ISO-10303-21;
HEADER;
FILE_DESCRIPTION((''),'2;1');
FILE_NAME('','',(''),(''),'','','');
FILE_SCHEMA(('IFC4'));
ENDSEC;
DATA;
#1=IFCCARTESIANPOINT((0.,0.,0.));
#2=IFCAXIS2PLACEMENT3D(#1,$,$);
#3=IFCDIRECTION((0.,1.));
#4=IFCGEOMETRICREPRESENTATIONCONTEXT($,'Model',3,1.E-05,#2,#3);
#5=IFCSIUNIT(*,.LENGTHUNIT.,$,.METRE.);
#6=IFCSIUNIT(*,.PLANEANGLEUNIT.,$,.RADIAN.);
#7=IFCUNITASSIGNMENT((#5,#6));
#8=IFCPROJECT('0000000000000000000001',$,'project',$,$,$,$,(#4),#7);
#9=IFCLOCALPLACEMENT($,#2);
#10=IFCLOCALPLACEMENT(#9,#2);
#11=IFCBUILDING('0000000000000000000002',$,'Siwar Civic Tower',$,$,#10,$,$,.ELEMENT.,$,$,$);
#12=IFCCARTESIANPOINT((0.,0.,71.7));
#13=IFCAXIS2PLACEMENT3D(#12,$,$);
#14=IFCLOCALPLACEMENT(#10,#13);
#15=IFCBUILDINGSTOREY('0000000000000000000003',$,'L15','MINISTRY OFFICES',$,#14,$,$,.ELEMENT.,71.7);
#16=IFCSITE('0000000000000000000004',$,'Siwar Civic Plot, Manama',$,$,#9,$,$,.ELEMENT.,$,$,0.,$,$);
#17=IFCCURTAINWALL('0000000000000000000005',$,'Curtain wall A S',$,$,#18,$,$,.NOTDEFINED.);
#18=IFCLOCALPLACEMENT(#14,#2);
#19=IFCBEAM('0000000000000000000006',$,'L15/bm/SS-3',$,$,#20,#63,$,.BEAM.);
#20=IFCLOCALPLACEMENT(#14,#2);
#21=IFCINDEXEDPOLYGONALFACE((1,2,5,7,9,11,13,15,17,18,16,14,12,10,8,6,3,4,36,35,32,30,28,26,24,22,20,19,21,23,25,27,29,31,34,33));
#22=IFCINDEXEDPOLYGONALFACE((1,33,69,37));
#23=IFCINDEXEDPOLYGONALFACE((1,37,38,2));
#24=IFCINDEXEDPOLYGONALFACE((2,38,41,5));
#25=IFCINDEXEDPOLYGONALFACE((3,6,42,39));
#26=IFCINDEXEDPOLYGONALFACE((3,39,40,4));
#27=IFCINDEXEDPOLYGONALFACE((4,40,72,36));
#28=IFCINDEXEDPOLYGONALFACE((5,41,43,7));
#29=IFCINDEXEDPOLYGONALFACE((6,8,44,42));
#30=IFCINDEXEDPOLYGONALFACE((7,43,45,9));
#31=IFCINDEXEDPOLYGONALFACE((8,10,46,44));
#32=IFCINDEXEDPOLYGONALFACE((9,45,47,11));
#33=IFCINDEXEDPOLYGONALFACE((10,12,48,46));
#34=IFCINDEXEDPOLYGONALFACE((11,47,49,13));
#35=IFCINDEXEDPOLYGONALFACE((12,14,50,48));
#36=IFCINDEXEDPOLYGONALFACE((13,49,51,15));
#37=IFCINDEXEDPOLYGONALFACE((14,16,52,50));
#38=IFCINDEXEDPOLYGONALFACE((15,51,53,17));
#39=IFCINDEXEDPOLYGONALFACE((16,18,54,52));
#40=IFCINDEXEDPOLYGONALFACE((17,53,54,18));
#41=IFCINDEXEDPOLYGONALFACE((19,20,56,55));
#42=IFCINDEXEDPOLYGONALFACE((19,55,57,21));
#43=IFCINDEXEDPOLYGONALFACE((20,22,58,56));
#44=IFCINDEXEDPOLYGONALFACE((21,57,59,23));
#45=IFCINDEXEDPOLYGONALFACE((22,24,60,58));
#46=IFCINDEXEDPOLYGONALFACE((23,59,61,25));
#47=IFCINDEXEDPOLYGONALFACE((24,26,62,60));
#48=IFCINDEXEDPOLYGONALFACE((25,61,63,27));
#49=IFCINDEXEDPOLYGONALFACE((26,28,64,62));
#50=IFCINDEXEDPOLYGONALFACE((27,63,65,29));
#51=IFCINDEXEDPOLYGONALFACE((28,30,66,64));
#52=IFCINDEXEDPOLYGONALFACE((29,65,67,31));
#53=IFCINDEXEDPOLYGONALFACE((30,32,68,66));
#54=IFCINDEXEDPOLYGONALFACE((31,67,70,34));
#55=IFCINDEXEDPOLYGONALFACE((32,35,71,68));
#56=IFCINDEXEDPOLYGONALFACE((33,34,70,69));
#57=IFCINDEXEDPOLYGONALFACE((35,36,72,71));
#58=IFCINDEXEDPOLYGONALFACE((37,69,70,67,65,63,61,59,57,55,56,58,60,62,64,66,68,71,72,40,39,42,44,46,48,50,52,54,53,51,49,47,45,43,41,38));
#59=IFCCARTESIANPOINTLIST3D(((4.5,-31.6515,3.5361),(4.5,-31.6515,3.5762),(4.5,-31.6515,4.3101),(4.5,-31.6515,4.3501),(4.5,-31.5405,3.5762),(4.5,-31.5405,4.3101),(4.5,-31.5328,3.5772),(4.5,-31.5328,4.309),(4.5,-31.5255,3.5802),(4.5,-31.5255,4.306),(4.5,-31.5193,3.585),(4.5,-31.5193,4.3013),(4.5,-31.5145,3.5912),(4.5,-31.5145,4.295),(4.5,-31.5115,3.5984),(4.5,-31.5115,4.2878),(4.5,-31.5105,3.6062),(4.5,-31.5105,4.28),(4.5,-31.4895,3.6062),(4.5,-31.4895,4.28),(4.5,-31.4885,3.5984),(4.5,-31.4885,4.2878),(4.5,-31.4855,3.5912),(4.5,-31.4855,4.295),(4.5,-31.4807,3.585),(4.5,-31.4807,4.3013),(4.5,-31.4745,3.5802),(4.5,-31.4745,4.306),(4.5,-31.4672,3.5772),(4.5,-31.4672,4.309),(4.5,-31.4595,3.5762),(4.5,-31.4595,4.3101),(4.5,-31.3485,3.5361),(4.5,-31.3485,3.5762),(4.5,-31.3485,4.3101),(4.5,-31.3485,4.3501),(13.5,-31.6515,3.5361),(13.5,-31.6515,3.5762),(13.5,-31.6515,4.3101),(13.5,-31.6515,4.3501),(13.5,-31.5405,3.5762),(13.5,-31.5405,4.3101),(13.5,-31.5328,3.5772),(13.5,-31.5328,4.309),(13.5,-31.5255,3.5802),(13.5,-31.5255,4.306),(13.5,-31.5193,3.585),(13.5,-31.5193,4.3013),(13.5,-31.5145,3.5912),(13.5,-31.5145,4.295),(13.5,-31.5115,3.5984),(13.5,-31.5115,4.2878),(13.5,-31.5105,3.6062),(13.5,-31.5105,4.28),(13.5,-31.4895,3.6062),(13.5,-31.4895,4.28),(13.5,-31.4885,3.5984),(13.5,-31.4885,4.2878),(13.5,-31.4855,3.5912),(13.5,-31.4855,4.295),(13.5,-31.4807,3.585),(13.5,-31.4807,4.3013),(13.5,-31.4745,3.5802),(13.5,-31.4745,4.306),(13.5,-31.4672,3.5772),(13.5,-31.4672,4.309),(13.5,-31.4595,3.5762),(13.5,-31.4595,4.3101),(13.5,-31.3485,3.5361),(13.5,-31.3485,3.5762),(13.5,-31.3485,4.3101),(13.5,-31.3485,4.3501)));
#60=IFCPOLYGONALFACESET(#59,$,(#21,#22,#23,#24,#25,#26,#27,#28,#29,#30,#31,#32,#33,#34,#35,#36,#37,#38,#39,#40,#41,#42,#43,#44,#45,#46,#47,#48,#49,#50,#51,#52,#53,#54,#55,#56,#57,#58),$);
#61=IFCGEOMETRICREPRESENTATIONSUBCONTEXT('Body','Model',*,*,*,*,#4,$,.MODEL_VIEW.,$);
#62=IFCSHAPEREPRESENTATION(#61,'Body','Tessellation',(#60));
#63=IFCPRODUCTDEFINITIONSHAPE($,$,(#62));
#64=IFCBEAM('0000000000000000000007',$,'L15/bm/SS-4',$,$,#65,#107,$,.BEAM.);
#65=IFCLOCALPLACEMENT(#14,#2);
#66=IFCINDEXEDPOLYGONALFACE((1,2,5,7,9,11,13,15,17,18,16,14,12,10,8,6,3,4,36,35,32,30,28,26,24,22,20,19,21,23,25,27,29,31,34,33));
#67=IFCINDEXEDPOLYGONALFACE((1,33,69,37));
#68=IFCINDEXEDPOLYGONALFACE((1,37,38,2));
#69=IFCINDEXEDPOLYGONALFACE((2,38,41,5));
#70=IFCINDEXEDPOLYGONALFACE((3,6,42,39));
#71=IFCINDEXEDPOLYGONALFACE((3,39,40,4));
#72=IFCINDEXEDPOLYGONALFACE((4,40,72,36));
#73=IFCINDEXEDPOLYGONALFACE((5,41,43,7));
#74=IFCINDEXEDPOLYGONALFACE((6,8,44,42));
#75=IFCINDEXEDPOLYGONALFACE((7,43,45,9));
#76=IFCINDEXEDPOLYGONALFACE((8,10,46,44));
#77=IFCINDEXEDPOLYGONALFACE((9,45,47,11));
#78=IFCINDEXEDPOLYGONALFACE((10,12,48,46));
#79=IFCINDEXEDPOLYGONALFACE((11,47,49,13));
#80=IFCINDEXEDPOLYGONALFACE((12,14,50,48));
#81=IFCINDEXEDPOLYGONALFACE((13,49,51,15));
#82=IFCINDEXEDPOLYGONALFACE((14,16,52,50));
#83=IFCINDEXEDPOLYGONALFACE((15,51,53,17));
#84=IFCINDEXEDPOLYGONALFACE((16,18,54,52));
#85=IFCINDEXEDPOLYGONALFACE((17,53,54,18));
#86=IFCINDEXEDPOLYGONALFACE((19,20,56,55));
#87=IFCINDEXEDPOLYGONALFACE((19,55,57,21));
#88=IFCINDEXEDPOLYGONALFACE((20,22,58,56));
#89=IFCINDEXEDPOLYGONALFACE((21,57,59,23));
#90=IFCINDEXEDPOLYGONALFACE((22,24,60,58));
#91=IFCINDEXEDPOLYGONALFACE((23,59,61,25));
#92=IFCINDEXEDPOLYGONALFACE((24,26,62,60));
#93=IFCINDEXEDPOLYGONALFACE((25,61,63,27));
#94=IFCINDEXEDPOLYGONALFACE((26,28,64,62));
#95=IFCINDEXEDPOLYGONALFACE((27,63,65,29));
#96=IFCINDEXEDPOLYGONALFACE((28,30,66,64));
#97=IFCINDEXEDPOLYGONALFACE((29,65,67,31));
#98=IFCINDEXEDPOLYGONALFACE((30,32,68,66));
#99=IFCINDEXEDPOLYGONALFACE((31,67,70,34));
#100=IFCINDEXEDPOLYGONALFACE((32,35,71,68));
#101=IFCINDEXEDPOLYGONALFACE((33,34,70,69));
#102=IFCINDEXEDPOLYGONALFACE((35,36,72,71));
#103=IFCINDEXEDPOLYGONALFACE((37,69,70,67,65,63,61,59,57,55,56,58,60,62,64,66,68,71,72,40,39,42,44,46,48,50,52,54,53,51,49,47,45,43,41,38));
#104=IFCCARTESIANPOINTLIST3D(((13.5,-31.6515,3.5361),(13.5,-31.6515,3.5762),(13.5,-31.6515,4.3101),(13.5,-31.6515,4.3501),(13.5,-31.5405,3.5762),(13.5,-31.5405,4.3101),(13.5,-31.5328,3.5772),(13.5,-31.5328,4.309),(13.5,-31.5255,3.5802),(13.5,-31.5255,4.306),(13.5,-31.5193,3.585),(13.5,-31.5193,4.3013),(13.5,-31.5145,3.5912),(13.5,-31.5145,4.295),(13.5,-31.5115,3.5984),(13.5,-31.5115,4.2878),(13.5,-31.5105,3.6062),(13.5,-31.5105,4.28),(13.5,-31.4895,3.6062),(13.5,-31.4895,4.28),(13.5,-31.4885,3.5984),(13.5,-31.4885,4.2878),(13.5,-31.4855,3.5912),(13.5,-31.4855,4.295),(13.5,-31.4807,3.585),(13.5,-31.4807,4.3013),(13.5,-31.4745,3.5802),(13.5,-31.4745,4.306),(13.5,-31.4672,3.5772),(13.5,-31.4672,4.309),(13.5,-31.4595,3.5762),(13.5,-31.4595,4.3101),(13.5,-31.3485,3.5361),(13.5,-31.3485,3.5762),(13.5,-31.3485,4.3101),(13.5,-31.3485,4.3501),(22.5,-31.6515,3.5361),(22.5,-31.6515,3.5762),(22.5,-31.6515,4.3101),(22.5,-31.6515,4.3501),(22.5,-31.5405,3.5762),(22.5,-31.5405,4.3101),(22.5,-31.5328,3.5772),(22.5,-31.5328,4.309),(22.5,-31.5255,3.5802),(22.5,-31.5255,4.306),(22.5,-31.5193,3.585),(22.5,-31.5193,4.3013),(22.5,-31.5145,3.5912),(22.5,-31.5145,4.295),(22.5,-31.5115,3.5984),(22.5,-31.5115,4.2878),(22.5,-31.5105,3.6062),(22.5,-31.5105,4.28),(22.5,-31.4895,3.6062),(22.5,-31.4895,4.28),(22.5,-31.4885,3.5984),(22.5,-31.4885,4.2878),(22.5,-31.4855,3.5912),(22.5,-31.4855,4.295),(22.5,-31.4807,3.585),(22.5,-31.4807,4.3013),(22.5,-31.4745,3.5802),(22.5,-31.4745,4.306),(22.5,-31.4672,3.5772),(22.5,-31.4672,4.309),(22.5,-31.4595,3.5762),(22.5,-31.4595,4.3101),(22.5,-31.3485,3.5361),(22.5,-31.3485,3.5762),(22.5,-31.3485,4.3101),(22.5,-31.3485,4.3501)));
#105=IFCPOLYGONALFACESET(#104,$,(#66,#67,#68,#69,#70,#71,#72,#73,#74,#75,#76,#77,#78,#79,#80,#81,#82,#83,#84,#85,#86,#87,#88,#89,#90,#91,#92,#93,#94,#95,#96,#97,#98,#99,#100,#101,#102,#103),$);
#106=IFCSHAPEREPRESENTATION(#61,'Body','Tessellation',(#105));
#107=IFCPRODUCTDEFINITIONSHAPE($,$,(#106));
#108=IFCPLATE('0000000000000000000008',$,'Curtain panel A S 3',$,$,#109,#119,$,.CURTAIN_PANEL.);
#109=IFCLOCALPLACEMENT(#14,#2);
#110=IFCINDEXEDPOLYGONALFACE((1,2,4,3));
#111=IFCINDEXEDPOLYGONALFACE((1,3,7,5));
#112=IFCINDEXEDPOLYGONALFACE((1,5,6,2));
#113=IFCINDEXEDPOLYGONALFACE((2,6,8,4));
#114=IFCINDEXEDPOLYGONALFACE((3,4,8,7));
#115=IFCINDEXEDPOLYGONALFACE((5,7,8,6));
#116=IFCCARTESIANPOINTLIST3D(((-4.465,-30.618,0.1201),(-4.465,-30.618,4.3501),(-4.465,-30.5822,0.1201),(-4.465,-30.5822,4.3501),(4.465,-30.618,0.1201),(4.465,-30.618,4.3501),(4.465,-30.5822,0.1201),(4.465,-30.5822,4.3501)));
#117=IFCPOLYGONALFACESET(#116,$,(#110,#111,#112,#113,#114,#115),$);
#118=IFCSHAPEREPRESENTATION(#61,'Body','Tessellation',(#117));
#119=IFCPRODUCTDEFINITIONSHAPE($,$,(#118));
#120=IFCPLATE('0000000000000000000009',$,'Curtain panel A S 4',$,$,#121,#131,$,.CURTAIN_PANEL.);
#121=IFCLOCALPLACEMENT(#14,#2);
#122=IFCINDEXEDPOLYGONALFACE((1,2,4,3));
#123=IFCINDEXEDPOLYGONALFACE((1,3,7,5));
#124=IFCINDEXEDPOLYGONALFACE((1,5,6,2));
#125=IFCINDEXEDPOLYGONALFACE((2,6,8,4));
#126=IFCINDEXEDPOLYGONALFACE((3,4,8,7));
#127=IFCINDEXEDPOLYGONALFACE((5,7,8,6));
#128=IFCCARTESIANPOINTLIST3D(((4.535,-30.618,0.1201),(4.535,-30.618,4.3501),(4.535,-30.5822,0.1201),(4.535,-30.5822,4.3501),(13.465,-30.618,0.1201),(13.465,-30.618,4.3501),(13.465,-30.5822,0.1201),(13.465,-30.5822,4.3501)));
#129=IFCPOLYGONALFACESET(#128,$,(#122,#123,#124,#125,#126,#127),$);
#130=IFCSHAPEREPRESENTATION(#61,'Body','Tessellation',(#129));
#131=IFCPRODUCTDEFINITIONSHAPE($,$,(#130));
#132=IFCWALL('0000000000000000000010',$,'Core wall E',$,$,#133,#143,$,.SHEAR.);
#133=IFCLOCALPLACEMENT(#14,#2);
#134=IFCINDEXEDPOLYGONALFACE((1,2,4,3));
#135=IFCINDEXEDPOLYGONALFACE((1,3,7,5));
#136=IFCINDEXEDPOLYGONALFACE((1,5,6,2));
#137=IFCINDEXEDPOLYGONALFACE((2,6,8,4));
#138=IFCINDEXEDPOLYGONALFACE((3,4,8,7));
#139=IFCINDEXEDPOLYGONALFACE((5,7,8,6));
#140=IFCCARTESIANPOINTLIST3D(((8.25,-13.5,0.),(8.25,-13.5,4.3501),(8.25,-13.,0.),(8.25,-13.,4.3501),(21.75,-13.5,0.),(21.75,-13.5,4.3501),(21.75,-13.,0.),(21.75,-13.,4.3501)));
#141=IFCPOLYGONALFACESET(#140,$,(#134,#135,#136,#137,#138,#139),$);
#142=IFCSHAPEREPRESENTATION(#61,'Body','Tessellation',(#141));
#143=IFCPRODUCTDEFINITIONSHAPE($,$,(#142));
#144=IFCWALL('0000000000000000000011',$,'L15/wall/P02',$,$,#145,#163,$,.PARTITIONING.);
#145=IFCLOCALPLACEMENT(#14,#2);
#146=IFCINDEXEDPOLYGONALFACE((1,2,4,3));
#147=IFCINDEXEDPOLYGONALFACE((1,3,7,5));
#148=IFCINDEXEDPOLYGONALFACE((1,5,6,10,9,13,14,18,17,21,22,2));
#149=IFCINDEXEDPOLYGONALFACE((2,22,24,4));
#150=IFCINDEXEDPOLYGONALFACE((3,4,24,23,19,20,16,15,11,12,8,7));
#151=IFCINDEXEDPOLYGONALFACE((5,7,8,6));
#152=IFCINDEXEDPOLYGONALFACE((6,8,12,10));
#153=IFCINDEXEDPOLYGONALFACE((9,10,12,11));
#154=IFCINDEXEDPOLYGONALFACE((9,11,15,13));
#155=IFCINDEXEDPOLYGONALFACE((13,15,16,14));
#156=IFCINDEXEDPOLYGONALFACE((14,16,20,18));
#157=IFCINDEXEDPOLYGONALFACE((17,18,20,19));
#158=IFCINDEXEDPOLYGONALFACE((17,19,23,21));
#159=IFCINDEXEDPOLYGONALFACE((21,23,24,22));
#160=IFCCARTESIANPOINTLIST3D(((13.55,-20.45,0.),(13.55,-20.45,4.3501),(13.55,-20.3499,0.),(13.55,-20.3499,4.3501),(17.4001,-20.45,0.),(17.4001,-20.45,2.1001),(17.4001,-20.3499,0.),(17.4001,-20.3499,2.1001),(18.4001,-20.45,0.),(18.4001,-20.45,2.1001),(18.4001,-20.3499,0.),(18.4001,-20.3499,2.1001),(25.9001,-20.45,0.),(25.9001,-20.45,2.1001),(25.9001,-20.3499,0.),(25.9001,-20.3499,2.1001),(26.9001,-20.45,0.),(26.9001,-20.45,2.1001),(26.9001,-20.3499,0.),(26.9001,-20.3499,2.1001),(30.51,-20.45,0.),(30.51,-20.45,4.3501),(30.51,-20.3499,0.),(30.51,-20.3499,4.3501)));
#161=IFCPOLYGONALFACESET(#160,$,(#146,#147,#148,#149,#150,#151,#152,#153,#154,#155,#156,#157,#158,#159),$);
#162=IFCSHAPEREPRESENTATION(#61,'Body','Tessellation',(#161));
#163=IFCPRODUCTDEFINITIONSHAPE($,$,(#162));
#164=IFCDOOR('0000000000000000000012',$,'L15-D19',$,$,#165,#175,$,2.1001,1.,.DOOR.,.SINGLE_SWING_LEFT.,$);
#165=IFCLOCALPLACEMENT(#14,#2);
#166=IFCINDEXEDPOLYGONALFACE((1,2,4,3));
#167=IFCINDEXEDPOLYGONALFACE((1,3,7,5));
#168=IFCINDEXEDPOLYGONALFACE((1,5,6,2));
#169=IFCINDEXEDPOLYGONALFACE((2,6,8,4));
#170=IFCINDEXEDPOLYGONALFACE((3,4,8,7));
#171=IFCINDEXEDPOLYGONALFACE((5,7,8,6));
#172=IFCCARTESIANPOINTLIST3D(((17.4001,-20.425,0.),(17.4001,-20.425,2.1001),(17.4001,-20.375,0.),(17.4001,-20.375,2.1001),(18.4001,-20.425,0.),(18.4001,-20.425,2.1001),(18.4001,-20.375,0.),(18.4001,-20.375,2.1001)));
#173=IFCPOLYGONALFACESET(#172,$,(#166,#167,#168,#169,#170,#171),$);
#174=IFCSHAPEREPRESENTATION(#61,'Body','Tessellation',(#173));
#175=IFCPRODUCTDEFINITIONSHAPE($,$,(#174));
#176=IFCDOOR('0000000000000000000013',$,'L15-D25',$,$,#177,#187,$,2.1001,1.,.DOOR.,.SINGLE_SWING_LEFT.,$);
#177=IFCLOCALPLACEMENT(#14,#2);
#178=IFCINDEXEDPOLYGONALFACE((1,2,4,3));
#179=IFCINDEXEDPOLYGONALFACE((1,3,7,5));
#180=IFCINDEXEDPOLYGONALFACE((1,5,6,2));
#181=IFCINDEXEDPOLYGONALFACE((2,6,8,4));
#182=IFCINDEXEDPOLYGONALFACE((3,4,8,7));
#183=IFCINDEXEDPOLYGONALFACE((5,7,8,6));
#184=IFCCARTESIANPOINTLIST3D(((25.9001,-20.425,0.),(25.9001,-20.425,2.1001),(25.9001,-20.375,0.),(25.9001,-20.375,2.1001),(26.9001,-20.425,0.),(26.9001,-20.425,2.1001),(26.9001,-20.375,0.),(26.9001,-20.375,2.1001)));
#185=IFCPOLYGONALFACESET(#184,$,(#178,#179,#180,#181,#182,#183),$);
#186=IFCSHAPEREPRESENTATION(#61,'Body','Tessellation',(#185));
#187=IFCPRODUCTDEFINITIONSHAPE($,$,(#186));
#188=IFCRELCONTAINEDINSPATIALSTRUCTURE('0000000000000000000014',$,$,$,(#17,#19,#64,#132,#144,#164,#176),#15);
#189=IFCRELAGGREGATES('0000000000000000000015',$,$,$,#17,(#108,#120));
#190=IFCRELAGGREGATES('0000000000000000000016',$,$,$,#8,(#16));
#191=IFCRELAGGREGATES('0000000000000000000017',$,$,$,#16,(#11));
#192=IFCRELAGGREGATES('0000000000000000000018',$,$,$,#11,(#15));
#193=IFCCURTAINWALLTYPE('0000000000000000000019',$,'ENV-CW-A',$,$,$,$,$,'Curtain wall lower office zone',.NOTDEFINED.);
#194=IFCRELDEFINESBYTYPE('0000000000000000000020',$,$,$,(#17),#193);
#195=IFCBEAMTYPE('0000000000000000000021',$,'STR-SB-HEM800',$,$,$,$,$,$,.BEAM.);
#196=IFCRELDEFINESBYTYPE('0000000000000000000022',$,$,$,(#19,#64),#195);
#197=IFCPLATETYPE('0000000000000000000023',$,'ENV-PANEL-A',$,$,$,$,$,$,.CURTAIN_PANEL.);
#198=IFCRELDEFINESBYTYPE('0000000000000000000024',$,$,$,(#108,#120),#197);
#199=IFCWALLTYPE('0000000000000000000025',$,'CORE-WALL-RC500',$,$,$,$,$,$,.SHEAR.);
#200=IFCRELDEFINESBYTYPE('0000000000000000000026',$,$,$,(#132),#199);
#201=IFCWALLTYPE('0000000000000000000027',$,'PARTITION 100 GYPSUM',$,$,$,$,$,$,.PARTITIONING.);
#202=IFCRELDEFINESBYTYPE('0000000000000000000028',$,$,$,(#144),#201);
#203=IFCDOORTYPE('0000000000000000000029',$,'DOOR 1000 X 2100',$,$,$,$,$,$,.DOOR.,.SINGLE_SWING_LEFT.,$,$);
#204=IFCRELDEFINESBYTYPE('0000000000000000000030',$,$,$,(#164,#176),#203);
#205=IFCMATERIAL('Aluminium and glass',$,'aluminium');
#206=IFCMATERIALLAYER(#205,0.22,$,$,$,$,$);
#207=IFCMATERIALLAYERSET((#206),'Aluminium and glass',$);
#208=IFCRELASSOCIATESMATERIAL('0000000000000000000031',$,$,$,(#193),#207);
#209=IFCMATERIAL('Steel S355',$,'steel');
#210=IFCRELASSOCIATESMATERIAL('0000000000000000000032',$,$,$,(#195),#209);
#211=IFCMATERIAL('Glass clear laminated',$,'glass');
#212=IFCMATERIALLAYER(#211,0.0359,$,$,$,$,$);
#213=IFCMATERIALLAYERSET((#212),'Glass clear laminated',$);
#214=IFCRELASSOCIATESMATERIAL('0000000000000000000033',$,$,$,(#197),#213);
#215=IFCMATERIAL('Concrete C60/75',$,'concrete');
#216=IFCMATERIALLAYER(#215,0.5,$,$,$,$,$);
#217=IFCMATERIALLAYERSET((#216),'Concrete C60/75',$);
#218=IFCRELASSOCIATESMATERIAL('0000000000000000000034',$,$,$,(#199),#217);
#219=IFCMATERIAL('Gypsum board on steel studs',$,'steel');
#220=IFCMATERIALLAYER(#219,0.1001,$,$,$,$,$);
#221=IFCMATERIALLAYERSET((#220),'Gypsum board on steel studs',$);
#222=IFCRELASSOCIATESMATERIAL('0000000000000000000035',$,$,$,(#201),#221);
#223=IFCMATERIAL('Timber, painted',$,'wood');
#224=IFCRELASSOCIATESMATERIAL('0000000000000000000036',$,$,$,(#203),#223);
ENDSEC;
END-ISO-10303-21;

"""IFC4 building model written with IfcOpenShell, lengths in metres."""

from ifc_helpers import new_model, si_unit, direction, frame, frame_2d, origin, origin_2d, place, context, subcontext, project, spatial, rectangle, i_section, extrude, material, layer, layer_set, material_profile, profile_set, type_object, element, fill, aggregate, save


model = new_model("IFC4")

# Units and contexts
model_context = context("Model", 3, precision=1e-05, world=origin(), true_north=direction((0.0, 1.0)))
body_context = subcontext(model_context, "Body", "Model", "MODEL_VIEW")
ifc_project = project(units=[si_unit("LENGTHUNIT", "METRE"), si_unit("PLANEANGLEUNIT", "RADIAN")], contexts=[model_context])

# Site, building, storey
site_placement = place(None, origin())
site = spatial("IfcSite", under=ifc_project, at=site_placement, Name="Siwar Civic Plot, Manama", CompositionType="ELEMENT", RefElevation=0.0)
building_placement = place(site_placement, origin())
building = spatial("IfcBuilding", under=site, at=building_placement, Name="Siwar Civic Tower", CompositionType="ELEMENT")
storey_placement = place(building_placement, frame((0.0, 0.0, 71.7)))
storey = spatial("IfcBuildingStorey", under=building, at=storey_placement, Name="L15", Description="MINISTRY OFFICES", CompositionType="ELEMENT", Elevation=71.7)

# Curtain wall
ifc_material_1 = material(Name="Aluminium and glass", Category="aluminium")
ifc_layer_1 = layer(ifc_material_1, 0.22)
ifc_layer_set_1 = layer_set([ifc_layer_1], Name="Aluminium and glass")
curtain_wall_type = type_object("IfcCurtainWallType", Name="ENV-CW-A", ElementType="Curtain wall lower office zone", PredefinedType="NOTDEFINED", material=ifc_layer_set_1)
curtain_wall_placement = place(storey_placement, origin())
curtain_wall = element("IfcCurtainWall", 1, at=curtain_wall_placement, inside=storey, type_object=curtain_wall_type, Name="Curtain wall A S", PredefinedType="NOTDEFINED")

# Beams
ifc_material_2 = material(Name="Steel S355", Category="steel")
ifc_material_profile_1 = material_profile(ifc_material_2, i_section(OverallWidth=0.303, OverallDepth=0.814, WebThickness=0.021, FlangeThickness=0.04, FilletRadius=0.03, at=origin_2d()), Name="HEM800")
ifc_profile_set_1 = profile_set([ifc_material_profile_1], Name="Steel S355")
beam_type_1 = type_object("IfcBeamType", Name="STR-SB-HEM800", PredefinedType="BEAM", material=ifc_profile_set_1)
for number, where, z_axis, x_axis, name in (
    (2, (4.5, -31.5, 3.9431), (1.0, 0.0, 0.0), (0.0, 1.0, 0.0), "L15/bm/SS-3"),
    (3, (13.5, -31.5, 3.9431), (1.0, 0.0, 0.0), (0.0, 1.0, 0.0), "L15/bm/SS-4"),
):
    element("IfcBeam", number, at=place(storey_placement, frame(where, z_axis=z_axis, x_axis=x_axis)), inside=storey, type_object=beam_type_1, Name=name, PredefinedType="BEAM", context=body_context, shape_type="SweptSolid", body=[
        extrude(i_section(OverallWidth=0.303, OverallDepth=0.814, WebThickness=0.021, FlangeThickness=0.04, FilletRadius=0.03, at=origin_2d()), origin(), (0.0, 0.0, 1.0), 9.0),
    ])

# Plates
ifc_material_3 = material(Name="Glass clear laminated", Category="glass")
ifc_layer_2 = layer(ifc_material_3, 0.0359)
ifc_layer_set_2 = layer_set([ifc_layer_2], Name="Glass clear laminated")
plate_type = type_object("IfcPlateType", Name="ENV-PANEL-A", PredefinedType="CURTAIN_PANEL", material=ifc_layer_set_2)
plate_1_placement = place(storey_placement, frame((0.0, -30.6001, 0.1201), z_axis=(0.0, 0.0, 1.0), x_axis=(1.0, 0.0, 0.0)))
plate_1 = element("IfcPlate", 4, at=plate_1_placement, type_object=plate_type, Name="Curtain panel A S 3", PredefinedType="CURTAIN_PANEL", context=body_context, shape_type="SweptSolid", body=[
    extrude(rectangle(XDim=8.9299, YDim=0.0359, at=origin_2d()), origin(), (0.0, 0.0, 1.0), 4.23),
])
plate_2_placement = place(storey_placement, frame((9.0, -30.6001, 0.1201), z_axis=(0.0, 0.0, 1.0), x_axis=(1.0, 0.0, 0.0)))
plate_2 = element("IfcPlate", 5, at=plate_2_placement, type_object=plate_type, Name="Curtain panel A S 4", PredefinedType="CURTAIN_PANEL", context=body_context, shape_type="SweptSolid", body=[
    extrude(rectangle(XDim=8.9299, YDim=0.0359, at=origin_2d()), origin(), (0.0, 0.0, 1.0), 4.23),
])
aggregate(curtain_wall, [plate_1, plate_2])

# Wall
ifc_material_4 = material(Name="Concrete C60/75", Category="concrete")
ifc_layer_3 = layer(ifc_material_4, 0.5)
ifc_layer_set_3 = layer_set([ifc_layer_3], Name="Concrete C60/75")
wall_type_1 = type_object("IfcWallType", Name="CORE-WALL-RC500", PredefinedType="SHEAR", material=ifc_layer_set_3)
wall_1_placement = place(storey_placement, frame((8.25, -13.25, 0.0), z_axis=(0.0, 0.0, 1.0), x_axis=(1.0, 0.0, 0.0)))
element("IfcWall", 6, at=wall_1_placement, inside=storey, type_object=wall_type_1, Name="Core wall E", PredefinedType="SHEAR", context=body_context, shape_type="SweptSolid", body=[
    extrude(rectangle(XDim=13.5, YDim=0.5, at=frame_2d((6.75, 0.0))), origin(), (0.0, 0.0, 1.0), 4.3501),
])

# Wall, openings, doors
ifc_material_5 = material(Name="Gypsum board on steel studs", Category="steel")
ifc_layer_4 = layer(ifc_material_5, 0.1001)
ifc_layer_set_4 = layer_set([ifc_layer_4], Name="Gypsum board on steel studs")
wall_type_2 = type_object("IfcWallType", Name="PARTITION 100 GYPSUM", PredefinedType="PARTITIONING", material=ifc_layer_set_4)
wall_2_placement = place(storey_placement, frame((13.55, -20.3999, 0.0), z_axis=(0.0, 0.0, 1.0), x_axis=(1.0, 0.0, 0.0)))
wall_2 = element("IfcWall", 7, at=wall_2_placement, inside=storey, type_object=wall_type_2, Name="L15/wall/P02", PredefinedType="PARTITIONING", context=body_context, shape_type="SweptSolid", body=[
    extrude(rectangle(XDim=16.96, YDim=0.1001, at=frame_2d((8.48, 0.0))), origin(), (0.0, 0.0, 1.0), 4.3501),
])
opening_1_placement = place(wall_2_placement, frame((3.8501, 0.0, 0.0)))
opening_1 = element("IfcOpeningElement", 8, at=opening_1_placement, cuts=wall_2, PredefinedType="OPENING", context=body_context, shape_type="SweptSolid", body=[
    extrude(rectangle(XDim=1.0, YDim=2.1001, at=frame_2d((0.5, 1.05))), frame((0.0, 0.0601, 0.0), z_axis=(0.0, -1.0, 0.0), x_axis=(1.0, 0.0, 0.0)), (0.0, 0.0, 1.0), 0.1201),
])
opening_2_placement = place(wall_2_placement, frame((12.3501, 0.0, 0.0)))
opening_2 = element("IfcOpeningElement", 9, at=opening_2_placement, cuts=wall_2, PredefinedType="OPENING", context=body_context, shape_type="SweptSolid", body=[
    extrude(rectangle(XDim=1.0, YDim=2.1001, at=frame_2d((0.5, 1.05))), frame((0.0, 0.0601, 0.0), z_axis=(0.0, -1.0, 0.0), x_axis=(1.0, 0.0, 0.0)), (0.0, 0.0, 1.0), 0.1201),
])
ifc_material_6 = material(Name="Timber, painted", Category="wood")
door_type = type_object("IfcDoorType", Name="DOOR 1000 X 2100", OperationType="SINGLE_SWING_LEFT", PredefinedType="DOOR", material=ifc_material_6)
door_1_placement = place(opening_1_placement, origin())
door_1 = element("IfcDoor", 10, at=door_1_placement, inside=storey, type_object=door_type, Name="L15-D19", OperationType="SINGLE_SWING_LEFT", OverallHeight=2.1001, OverallWidth=1.0, PredefinedType="DOOR", context=body_context, shape_type="SweptSolid", body=[
    extrude(rectangle(XDim=1.0, YDim=2.1001, at=frame_2d((0.5, 1.05))), frame((0.0, 0.0249, 0.0), z_axis=(0.0, -1.0, 0.0), x_axis=(1.0, 0.0, 0.0)), (0.0, 0.0, 1.0), 0.05),
])
fill(opening_1, door_1)
door_2_placement = place(opening_2_placement, origin())
door_2 = element("IfcDoor", 11, at=door_2_placement, inside=storey, type_object=door_type, Name="L15-D25", OperationType="SINGLE_SWING_LEFT", OverallHeight=2.1001, OverallWidth=1.0, PredefinedType="DOOR", context=body_context, shape_type="SweptSolid", body=[
    extrude(rectangle(XDim=1.0, YDim=2.1001, at=frame_2d((0.5, 1.05))), frame((0.0, 0.0249, 0.0), z_axis=(0.0, -1.0, 0.0), x_axis=(1.0, 0.0, 0.0)), (0.0, 0.0, 1.0), 0.05),
])
fill(opening_2, door_2)

save(model, "model.ifc")
